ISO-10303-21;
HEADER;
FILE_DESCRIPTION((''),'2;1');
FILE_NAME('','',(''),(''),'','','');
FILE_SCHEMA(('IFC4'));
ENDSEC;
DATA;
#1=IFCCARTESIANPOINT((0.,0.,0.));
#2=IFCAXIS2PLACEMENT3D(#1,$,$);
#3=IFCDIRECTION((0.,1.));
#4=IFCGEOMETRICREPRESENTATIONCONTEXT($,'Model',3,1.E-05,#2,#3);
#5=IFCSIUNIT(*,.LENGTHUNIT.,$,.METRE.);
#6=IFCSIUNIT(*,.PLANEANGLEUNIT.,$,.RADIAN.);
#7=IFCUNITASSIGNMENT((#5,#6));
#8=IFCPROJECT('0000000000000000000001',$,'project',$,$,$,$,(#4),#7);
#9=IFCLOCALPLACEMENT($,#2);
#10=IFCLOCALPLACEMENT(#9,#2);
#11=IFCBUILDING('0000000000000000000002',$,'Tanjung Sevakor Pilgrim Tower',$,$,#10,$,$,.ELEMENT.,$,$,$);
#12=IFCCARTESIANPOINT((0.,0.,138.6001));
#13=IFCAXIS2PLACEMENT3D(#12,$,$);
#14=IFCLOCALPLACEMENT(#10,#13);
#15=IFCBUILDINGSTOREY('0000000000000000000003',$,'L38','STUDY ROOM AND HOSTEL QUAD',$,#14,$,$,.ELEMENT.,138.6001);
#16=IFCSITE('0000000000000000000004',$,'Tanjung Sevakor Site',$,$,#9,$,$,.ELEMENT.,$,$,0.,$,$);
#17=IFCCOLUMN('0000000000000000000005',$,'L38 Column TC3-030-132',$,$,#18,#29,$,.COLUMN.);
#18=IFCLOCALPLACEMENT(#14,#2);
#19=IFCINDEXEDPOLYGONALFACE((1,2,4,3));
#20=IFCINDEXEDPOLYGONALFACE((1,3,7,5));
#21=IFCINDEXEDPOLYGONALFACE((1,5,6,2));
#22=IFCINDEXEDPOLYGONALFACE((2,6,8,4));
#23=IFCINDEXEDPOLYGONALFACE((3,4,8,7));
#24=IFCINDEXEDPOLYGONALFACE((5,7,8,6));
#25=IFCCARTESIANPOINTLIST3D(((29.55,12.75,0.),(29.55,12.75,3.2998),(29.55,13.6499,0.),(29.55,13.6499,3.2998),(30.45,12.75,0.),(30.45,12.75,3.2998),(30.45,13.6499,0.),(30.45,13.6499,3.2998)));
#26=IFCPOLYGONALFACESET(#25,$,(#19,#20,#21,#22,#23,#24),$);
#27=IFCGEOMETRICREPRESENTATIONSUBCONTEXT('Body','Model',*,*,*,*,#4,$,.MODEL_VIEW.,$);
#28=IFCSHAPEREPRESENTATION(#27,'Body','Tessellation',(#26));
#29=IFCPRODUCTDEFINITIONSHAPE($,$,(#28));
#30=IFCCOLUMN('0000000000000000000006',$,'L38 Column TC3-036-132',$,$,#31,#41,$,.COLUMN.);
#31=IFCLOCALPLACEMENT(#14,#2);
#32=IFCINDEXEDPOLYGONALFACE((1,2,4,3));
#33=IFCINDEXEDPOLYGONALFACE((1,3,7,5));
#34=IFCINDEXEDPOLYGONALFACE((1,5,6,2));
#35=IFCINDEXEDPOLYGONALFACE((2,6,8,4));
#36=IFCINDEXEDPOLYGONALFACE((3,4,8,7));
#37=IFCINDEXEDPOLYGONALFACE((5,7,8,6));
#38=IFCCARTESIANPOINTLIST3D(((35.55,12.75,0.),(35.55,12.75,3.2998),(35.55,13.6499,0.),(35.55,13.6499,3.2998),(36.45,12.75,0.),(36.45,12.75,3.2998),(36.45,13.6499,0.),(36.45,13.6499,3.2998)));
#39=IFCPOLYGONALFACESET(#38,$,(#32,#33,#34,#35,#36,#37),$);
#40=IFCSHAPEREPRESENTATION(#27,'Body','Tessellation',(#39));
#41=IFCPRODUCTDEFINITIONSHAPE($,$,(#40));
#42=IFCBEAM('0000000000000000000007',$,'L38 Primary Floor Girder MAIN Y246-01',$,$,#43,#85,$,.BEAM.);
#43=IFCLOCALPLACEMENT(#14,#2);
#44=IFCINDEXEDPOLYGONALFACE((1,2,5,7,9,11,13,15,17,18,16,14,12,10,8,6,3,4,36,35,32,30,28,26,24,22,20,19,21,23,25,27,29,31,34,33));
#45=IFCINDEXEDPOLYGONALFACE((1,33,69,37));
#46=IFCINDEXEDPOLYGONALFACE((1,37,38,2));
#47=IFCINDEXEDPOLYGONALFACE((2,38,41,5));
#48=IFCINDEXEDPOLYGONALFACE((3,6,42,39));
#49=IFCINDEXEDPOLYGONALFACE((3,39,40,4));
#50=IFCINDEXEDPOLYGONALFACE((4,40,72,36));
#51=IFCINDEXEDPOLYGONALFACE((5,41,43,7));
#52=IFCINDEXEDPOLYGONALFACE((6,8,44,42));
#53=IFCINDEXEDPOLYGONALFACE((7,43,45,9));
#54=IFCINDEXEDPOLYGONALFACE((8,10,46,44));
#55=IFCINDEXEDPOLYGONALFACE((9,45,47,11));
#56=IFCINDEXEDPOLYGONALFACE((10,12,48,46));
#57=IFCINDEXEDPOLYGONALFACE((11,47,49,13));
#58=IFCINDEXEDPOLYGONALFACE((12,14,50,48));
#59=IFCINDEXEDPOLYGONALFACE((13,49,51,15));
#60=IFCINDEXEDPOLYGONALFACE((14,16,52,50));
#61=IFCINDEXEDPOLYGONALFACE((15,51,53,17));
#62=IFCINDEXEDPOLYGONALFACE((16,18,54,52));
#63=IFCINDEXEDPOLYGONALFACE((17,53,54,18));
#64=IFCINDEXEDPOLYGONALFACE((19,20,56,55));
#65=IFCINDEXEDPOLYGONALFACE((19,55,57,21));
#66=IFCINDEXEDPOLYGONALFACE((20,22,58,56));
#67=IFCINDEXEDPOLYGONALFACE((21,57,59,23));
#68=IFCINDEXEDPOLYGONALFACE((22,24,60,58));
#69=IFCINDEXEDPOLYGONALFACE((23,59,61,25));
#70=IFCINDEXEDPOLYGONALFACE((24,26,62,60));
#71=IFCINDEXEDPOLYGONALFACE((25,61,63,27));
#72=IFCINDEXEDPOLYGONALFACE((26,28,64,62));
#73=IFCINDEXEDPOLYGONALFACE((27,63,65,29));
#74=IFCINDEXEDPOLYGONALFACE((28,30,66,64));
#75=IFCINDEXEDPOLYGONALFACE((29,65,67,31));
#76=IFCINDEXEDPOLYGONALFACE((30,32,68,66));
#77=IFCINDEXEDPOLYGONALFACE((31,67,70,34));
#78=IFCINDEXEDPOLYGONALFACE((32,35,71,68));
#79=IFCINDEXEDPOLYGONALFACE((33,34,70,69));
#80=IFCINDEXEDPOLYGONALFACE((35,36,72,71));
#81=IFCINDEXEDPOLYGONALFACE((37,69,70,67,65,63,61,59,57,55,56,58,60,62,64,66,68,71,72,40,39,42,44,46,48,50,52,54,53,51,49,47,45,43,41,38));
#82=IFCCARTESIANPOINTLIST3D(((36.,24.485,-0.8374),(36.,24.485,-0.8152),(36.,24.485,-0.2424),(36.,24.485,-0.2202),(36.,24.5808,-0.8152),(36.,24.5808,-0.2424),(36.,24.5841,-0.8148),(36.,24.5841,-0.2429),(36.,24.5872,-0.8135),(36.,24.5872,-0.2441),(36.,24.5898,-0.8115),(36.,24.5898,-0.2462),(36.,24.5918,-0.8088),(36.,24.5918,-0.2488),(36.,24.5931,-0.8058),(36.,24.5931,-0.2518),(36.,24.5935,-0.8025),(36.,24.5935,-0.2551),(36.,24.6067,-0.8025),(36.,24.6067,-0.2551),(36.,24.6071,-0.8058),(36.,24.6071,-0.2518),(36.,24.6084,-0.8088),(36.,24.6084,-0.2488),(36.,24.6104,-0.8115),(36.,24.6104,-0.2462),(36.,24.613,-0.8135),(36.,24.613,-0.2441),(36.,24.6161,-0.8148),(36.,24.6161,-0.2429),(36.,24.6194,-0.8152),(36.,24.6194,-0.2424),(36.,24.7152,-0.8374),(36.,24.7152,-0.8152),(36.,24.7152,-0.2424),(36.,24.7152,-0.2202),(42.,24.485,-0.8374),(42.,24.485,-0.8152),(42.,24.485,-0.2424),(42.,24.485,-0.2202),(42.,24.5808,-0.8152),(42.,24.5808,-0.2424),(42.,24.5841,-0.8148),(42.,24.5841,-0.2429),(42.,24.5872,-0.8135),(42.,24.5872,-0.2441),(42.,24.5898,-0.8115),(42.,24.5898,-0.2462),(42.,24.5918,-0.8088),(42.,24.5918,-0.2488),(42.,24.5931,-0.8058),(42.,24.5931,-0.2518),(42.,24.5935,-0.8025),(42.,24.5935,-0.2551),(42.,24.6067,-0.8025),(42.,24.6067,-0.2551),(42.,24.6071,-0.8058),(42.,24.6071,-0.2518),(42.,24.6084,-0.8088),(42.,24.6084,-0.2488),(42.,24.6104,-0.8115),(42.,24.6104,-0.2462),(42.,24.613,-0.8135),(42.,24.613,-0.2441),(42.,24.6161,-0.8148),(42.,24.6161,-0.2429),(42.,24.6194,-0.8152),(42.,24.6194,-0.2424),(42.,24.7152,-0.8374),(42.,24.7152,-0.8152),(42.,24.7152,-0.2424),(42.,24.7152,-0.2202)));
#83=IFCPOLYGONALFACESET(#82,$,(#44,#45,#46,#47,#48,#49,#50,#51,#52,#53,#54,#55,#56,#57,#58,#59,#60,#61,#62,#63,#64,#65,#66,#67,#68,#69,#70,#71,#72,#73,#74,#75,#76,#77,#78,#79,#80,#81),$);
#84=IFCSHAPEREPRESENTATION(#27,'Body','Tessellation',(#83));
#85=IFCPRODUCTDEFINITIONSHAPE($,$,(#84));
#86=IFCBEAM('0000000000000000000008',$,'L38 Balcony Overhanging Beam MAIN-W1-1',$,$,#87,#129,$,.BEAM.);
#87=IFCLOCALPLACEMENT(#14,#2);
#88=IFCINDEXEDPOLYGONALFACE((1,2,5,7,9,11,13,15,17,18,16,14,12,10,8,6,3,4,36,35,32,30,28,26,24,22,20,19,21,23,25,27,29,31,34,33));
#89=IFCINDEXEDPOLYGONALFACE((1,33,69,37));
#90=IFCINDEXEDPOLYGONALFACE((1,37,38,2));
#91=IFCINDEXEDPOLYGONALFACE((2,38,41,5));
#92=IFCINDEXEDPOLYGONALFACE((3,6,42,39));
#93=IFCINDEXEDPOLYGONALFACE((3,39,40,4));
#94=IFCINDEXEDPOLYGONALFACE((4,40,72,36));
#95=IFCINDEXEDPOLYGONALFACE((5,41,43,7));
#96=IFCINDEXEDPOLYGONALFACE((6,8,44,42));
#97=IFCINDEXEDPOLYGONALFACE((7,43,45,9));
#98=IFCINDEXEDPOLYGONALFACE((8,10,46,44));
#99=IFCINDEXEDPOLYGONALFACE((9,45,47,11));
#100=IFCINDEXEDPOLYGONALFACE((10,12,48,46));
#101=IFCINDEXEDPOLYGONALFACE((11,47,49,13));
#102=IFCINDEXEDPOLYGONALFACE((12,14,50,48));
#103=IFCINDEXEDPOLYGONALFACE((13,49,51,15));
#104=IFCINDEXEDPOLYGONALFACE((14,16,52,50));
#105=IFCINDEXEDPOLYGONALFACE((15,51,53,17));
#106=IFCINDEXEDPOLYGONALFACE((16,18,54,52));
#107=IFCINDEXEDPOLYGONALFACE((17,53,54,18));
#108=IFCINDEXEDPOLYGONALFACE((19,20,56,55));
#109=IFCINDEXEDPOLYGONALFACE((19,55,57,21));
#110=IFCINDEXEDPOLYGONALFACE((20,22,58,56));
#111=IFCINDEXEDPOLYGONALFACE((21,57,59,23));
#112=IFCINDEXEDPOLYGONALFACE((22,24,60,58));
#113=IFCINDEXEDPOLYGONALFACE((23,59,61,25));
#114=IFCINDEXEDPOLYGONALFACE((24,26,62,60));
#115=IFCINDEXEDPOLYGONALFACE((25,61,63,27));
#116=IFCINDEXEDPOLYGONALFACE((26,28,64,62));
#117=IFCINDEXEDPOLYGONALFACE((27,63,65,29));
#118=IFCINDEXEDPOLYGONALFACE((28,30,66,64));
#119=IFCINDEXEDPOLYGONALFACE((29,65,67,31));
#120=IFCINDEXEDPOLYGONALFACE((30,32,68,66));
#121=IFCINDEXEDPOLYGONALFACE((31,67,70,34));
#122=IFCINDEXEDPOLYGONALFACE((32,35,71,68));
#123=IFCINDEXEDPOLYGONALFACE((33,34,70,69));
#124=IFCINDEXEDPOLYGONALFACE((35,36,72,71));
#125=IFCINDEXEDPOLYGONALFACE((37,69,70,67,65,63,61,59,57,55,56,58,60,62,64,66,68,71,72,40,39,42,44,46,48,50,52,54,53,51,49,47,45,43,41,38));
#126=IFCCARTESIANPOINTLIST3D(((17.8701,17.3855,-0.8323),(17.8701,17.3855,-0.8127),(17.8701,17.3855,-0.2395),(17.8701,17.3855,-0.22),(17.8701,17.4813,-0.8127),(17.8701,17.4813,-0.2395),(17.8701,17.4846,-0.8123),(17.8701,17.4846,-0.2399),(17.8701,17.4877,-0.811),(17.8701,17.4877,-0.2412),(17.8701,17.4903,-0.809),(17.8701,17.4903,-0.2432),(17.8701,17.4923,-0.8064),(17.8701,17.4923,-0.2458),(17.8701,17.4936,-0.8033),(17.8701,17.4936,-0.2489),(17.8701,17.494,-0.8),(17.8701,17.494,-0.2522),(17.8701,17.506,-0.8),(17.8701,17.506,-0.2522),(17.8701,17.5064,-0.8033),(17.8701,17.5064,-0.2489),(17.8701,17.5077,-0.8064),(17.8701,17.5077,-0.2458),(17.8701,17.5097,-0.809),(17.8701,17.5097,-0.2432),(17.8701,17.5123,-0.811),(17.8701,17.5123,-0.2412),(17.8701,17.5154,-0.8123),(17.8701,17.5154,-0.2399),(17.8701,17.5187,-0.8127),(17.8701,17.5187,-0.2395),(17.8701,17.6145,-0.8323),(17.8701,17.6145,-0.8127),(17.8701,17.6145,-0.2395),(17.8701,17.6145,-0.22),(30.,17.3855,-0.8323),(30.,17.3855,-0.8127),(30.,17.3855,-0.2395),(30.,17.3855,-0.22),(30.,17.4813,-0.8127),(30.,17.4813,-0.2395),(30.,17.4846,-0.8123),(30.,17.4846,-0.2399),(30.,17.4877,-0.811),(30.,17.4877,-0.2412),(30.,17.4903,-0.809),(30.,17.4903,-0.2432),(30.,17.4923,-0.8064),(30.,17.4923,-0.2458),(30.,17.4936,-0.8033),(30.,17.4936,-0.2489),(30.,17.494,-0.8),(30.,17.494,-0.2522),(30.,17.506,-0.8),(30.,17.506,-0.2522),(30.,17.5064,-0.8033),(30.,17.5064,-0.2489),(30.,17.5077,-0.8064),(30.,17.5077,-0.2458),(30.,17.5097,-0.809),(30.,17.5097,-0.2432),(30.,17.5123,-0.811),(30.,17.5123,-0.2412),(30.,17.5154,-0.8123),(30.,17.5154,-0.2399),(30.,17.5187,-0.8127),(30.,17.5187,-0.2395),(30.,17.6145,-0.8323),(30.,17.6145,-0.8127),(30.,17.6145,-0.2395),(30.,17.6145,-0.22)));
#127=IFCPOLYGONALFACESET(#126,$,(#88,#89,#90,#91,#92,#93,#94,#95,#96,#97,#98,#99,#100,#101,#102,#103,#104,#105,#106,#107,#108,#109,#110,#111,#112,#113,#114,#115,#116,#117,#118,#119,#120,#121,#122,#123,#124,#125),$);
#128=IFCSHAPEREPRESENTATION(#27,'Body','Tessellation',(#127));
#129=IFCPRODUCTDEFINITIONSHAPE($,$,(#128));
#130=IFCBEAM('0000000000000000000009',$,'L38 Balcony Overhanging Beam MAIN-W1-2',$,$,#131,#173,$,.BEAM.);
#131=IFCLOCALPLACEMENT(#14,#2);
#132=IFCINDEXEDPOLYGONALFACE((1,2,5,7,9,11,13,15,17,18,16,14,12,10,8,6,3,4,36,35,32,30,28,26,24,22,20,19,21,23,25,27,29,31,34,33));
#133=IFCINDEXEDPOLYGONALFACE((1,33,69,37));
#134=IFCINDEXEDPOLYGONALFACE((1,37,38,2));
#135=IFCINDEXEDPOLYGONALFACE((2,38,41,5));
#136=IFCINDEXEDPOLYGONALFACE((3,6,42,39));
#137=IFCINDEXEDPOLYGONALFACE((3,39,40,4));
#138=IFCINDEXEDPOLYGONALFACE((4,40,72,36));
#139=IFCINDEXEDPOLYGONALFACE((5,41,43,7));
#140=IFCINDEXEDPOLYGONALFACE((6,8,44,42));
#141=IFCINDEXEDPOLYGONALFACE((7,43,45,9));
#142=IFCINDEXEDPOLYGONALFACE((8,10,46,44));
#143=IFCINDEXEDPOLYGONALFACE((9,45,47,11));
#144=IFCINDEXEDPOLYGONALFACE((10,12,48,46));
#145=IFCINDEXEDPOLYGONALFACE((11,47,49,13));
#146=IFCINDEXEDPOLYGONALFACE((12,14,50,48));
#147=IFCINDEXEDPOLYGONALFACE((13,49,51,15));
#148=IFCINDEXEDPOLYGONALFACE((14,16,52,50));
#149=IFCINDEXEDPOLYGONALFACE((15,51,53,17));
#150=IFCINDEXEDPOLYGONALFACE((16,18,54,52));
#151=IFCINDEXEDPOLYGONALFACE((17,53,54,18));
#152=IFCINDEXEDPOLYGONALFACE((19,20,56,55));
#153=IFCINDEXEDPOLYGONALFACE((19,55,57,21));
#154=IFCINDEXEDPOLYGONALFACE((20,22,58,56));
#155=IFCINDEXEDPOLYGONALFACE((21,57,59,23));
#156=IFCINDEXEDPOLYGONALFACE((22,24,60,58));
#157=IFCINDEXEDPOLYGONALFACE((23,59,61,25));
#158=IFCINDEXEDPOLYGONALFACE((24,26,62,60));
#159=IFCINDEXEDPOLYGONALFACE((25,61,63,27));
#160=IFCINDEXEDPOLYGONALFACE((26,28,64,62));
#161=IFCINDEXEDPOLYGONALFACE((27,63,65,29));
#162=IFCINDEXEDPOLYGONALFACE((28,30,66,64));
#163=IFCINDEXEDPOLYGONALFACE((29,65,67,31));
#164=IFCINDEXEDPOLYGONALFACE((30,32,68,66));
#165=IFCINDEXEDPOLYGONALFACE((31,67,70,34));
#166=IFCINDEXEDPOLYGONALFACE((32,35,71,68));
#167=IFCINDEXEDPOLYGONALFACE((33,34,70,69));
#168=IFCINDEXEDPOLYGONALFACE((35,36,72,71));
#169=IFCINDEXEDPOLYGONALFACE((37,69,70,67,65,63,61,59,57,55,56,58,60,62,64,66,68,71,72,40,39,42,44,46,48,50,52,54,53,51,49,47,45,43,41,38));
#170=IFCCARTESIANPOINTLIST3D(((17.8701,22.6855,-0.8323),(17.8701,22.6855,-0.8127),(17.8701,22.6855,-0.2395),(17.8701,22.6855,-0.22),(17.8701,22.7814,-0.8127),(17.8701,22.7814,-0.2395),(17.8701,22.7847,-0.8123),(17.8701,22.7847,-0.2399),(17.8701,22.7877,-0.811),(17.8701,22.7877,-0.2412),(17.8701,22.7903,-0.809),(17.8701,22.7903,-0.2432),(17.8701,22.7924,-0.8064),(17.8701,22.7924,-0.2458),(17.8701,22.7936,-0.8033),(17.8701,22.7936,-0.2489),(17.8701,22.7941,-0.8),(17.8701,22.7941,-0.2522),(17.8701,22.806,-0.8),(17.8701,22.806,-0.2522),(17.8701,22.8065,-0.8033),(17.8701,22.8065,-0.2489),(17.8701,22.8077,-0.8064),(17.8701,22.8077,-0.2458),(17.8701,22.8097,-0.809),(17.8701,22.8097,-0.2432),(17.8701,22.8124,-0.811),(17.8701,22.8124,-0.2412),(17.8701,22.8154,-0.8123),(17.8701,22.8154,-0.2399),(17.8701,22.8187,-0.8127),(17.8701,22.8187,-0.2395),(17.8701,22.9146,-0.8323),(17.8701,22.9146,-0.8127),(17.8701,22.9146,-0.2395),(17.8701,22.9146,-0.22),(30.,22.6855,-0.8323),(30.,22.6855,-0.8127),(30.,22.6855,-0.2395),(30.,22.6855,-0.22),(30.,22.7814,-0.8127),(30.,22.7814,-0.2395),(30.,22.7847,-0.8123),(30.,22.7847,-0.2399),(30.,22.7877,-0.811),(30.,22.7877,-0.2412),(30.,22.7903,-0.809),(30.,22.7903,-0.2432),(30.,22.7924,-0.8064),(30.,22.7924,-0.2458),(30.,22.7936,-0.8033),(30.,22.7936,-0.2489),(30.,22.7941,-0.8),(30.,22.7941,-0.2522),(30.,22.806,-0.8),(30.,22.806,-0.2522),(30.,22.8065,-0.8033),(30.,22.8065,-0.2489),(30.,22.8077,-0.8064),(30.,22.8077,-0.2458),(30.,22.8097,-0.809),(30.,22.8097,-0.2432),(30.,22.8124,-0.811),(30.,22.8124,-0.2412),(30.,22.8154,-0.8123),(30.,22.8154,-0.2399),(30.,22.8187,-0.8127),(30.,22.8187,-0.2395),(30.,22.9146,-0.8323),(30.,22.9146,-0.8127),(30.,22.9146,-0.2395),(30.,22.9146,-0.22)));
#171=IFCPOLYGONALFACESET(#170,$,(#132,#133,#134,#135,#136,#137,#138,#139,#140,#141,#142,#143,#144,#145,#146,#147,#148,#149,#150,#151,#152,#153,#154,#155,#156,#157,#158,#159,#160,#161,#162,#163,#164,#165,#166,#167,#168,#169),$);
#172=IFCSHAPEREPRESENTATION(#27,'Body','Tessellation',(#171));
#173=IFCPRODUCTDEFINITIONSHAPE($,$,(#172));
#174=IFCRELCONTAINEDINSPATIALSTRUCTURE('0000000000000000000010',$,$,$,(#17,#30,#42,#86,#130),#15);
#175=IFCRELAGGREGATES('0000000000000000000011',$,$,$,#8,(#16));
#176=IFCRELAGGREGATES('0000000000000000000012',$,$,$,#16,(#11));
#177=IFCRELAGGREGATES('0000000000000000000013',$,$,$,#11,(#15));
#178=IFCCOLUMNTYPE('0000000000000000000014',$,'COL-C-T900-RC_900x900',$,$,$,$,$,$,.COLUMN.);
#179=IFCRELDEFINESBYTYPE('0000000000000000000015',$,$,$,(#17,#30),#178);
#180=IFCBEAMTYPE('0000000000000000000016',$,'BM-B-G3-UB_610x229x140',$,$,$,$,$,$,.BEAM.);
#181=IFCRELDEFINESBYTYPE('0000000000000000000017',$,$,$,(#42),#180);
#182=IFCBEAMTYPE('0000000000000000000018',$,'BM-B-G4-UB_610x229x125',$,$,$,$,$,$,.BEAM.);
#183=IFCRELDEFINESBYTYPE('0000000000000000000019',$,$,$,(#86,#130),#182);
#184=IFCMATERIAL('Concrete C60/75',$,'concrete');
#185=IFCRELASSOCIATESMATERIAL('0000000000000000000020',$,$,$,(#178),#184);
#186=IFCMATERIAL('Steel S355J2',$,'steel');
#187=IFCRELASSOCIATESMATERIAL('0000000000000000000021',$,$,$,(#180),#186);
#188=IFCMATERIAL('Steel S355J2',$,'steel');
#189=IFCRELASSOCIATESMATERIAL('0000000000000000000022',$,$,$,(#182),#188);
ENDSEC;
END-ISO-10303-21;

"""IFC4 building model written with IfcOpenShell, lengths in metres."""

from ifc_helpers import new_model, si_unit, direction, frame, origin, origin_2d, place, context, subcontext, project, spatial, rectangle, i_section, extrude, material, material_profile, profile_set, type_object, element, save


model = new_model("IFC4")

# Units and contexts
model_context = context("Model", 3, precision=1e-05, world=origin(), true_north=direction((0.0, 1.0)))
body_context = subcontext(model_context, "Body", "Model", "MODEL_VIEW")
ifc_project = project(units=[si_unit("LENGTHUNIT", "METRE"), si_unit("PLANEANGLEUNIT", "RADIAN")], contexts=[model_context])

# Site, building, storey
site_placement = place(None, origin())
site = spatial("IfcSite", under=ifc_project, at=site_placement, Name="Tanjung Sevakor Site", CompositionType="ELEMENT", RefElevation=0.0)
building_placement = place(site_placement, origin())
building = spatial("IfcBuilding", under=site, at=building_placement, Name="Tanjung Sevakor Pilgrim Tower", CompositionType="ELEMENT")
storey_placement = place(building_placement, frame((0.0, 0.0, 138.6001)))
storey = spatial("IfcBuildingStorey", under=building, at=storey_placement, Name="L38", Description="STUDY ROOM AND HOSTEL QUAD", CompositionType="ELEMENT", Elevation=138.6001)

# Columns
ifc_material_1 = material(Name="Concrete C60/75", Category="concrete")
ifc_material_profile_1 = material_profile(ifc_material_1, rectangle(XDim=0.8999, YDim=0.8999, at=origin_2d()))
ifc_profile_set_1 = profile_set([ifc_material_profile_1], Name="Concrete C60/75")
column_type = type_object("IfcColumnType", Name="COL-C-T900-RC_900x900", PredefinedType="COLUMN", material=ifc_profile_set_1)
for number, where, z_axis, x_axis, name in (
    (1, (30.0, 13.2, 0.0), (0.0, 0.0, 1.0), (1.0, 0.0, 0.0), "L38 Column TC3-030-132"),
    (2, (36.0, 13.2, 0.0), (0.0, 0.0, 1.0), (1.0, 0.0, 0.0), "L38 Column TC3-036-132"),
):
    element("IfcColumn", number, at=place(storey_placement, frame(where, z_axis=z_axis, x_axis=x_axis)), inside=storey, type_object=column_type, Name=name, PredefinedType="COLUMN", context=body_context, shape_type="SweptSolid", body=[
        extrude(rectangle(XDim=0.8999, YDim=0.8999, at=origin_2d()), origin(), (0.0, 0.0, 1.0), 3.2998),
    ])

# Beams
ifc_material_2 = material(Name="Steel S355J2", Category="steel")
ifc_material_profile_2 = material_profile(ifc_material_2, i_section(OverallWidth=0.2302, OverallDepth=0.6172, WebThickness=0.0132, FlangeThickness=0.0222, FilletRadius=0.0127, at=origin_2d()))
ifc_profile_set_2 = profile_set([ifc_material_profile_2], Name="Steel S355J2")
beam_type_1 = type_object("IfcBeamType", Name="BM-B-G3-UB_610x229x140", PredefinedType="BEAM", material=ifc_profile_set_2)
beam_1_placement = place(storey_placement, frame((36.0, 24.6001, -0.5288), z_axis=(1.0, 0.0, 0.0), x_axis=(0.0, 1.0, 0.0)))
element("IfcBeam", 3, at=beam_1_placement, inside=storey, type_object=beam_type_1, Name="L38 Primary Floor Girder MAIN Y246-01", PredefinedType="BEAM", context=body_context, shape_type="SweptSolid", body=[
    extrude(i_section(OverallWidth=0.2302, OverallDepth=0.6172, WebThickness=0.0132, FlangeThickness=0.0222, FilletRadius=0.0127, at=origin_2d()), origin(), (0.0, 0.0, 1.0), 6.0),
])
ifc_material_3 = material(Name="Steel S355J2", Category="steel")
ifc_material_profile_3 = material_profile(ifc_material_3, i_section(OverallWidth=0.229, OverallDepth=0.6123, WebThickness=0.012, FlangeThickness=0.0195, FilletRadius=0.0127, at=origin_2d()))
ifc_profile_set_3 = profile_set([ifc_material_profile_3], Name="Steel S355J2")
beam_type_2 = type_object("IfcBeamType", Name="BM-B-G4-UB_610x229x125", PredefinedType="BEAM", material=ifc_profile_set_3)
for number, where, z_axis, x_axis, name in (
    (4, (30.0, 17.5, -0.5261), (-1.0, 0.0, 0.0), (0.0, -1.0, 0.0), "L38 Balcony Overhanging Beam MAIN-W1-1"),
    (5, (30.0, 22.8, -0.5261), (-1.0, 0.0, 0.0), (0.0, -1.0, 0.0), "L38 Balcony Overhanging Beam MAIN-W1-2"),
):
    element("IfcBeam", number, at=place(storey_placement, frame(where, z_axis=z_axis, x_axis=x_axis)), inside=storey, type_object=beam_type_2, Name=name, PredefinedType="BEAM", context=body_context, shape_type="SweptSolid", body=[
        extrude(i_section(OverallWidth=0.229, OverallDepth=0.6123, WebThickness=0.012, FlangeThickness=0.0195, FilletRadius=0.0127, at=origin_2d()), origin(), (0.0, 0.0, 1.0), 12.1299),
    ])

save(model, "model.ifc")
